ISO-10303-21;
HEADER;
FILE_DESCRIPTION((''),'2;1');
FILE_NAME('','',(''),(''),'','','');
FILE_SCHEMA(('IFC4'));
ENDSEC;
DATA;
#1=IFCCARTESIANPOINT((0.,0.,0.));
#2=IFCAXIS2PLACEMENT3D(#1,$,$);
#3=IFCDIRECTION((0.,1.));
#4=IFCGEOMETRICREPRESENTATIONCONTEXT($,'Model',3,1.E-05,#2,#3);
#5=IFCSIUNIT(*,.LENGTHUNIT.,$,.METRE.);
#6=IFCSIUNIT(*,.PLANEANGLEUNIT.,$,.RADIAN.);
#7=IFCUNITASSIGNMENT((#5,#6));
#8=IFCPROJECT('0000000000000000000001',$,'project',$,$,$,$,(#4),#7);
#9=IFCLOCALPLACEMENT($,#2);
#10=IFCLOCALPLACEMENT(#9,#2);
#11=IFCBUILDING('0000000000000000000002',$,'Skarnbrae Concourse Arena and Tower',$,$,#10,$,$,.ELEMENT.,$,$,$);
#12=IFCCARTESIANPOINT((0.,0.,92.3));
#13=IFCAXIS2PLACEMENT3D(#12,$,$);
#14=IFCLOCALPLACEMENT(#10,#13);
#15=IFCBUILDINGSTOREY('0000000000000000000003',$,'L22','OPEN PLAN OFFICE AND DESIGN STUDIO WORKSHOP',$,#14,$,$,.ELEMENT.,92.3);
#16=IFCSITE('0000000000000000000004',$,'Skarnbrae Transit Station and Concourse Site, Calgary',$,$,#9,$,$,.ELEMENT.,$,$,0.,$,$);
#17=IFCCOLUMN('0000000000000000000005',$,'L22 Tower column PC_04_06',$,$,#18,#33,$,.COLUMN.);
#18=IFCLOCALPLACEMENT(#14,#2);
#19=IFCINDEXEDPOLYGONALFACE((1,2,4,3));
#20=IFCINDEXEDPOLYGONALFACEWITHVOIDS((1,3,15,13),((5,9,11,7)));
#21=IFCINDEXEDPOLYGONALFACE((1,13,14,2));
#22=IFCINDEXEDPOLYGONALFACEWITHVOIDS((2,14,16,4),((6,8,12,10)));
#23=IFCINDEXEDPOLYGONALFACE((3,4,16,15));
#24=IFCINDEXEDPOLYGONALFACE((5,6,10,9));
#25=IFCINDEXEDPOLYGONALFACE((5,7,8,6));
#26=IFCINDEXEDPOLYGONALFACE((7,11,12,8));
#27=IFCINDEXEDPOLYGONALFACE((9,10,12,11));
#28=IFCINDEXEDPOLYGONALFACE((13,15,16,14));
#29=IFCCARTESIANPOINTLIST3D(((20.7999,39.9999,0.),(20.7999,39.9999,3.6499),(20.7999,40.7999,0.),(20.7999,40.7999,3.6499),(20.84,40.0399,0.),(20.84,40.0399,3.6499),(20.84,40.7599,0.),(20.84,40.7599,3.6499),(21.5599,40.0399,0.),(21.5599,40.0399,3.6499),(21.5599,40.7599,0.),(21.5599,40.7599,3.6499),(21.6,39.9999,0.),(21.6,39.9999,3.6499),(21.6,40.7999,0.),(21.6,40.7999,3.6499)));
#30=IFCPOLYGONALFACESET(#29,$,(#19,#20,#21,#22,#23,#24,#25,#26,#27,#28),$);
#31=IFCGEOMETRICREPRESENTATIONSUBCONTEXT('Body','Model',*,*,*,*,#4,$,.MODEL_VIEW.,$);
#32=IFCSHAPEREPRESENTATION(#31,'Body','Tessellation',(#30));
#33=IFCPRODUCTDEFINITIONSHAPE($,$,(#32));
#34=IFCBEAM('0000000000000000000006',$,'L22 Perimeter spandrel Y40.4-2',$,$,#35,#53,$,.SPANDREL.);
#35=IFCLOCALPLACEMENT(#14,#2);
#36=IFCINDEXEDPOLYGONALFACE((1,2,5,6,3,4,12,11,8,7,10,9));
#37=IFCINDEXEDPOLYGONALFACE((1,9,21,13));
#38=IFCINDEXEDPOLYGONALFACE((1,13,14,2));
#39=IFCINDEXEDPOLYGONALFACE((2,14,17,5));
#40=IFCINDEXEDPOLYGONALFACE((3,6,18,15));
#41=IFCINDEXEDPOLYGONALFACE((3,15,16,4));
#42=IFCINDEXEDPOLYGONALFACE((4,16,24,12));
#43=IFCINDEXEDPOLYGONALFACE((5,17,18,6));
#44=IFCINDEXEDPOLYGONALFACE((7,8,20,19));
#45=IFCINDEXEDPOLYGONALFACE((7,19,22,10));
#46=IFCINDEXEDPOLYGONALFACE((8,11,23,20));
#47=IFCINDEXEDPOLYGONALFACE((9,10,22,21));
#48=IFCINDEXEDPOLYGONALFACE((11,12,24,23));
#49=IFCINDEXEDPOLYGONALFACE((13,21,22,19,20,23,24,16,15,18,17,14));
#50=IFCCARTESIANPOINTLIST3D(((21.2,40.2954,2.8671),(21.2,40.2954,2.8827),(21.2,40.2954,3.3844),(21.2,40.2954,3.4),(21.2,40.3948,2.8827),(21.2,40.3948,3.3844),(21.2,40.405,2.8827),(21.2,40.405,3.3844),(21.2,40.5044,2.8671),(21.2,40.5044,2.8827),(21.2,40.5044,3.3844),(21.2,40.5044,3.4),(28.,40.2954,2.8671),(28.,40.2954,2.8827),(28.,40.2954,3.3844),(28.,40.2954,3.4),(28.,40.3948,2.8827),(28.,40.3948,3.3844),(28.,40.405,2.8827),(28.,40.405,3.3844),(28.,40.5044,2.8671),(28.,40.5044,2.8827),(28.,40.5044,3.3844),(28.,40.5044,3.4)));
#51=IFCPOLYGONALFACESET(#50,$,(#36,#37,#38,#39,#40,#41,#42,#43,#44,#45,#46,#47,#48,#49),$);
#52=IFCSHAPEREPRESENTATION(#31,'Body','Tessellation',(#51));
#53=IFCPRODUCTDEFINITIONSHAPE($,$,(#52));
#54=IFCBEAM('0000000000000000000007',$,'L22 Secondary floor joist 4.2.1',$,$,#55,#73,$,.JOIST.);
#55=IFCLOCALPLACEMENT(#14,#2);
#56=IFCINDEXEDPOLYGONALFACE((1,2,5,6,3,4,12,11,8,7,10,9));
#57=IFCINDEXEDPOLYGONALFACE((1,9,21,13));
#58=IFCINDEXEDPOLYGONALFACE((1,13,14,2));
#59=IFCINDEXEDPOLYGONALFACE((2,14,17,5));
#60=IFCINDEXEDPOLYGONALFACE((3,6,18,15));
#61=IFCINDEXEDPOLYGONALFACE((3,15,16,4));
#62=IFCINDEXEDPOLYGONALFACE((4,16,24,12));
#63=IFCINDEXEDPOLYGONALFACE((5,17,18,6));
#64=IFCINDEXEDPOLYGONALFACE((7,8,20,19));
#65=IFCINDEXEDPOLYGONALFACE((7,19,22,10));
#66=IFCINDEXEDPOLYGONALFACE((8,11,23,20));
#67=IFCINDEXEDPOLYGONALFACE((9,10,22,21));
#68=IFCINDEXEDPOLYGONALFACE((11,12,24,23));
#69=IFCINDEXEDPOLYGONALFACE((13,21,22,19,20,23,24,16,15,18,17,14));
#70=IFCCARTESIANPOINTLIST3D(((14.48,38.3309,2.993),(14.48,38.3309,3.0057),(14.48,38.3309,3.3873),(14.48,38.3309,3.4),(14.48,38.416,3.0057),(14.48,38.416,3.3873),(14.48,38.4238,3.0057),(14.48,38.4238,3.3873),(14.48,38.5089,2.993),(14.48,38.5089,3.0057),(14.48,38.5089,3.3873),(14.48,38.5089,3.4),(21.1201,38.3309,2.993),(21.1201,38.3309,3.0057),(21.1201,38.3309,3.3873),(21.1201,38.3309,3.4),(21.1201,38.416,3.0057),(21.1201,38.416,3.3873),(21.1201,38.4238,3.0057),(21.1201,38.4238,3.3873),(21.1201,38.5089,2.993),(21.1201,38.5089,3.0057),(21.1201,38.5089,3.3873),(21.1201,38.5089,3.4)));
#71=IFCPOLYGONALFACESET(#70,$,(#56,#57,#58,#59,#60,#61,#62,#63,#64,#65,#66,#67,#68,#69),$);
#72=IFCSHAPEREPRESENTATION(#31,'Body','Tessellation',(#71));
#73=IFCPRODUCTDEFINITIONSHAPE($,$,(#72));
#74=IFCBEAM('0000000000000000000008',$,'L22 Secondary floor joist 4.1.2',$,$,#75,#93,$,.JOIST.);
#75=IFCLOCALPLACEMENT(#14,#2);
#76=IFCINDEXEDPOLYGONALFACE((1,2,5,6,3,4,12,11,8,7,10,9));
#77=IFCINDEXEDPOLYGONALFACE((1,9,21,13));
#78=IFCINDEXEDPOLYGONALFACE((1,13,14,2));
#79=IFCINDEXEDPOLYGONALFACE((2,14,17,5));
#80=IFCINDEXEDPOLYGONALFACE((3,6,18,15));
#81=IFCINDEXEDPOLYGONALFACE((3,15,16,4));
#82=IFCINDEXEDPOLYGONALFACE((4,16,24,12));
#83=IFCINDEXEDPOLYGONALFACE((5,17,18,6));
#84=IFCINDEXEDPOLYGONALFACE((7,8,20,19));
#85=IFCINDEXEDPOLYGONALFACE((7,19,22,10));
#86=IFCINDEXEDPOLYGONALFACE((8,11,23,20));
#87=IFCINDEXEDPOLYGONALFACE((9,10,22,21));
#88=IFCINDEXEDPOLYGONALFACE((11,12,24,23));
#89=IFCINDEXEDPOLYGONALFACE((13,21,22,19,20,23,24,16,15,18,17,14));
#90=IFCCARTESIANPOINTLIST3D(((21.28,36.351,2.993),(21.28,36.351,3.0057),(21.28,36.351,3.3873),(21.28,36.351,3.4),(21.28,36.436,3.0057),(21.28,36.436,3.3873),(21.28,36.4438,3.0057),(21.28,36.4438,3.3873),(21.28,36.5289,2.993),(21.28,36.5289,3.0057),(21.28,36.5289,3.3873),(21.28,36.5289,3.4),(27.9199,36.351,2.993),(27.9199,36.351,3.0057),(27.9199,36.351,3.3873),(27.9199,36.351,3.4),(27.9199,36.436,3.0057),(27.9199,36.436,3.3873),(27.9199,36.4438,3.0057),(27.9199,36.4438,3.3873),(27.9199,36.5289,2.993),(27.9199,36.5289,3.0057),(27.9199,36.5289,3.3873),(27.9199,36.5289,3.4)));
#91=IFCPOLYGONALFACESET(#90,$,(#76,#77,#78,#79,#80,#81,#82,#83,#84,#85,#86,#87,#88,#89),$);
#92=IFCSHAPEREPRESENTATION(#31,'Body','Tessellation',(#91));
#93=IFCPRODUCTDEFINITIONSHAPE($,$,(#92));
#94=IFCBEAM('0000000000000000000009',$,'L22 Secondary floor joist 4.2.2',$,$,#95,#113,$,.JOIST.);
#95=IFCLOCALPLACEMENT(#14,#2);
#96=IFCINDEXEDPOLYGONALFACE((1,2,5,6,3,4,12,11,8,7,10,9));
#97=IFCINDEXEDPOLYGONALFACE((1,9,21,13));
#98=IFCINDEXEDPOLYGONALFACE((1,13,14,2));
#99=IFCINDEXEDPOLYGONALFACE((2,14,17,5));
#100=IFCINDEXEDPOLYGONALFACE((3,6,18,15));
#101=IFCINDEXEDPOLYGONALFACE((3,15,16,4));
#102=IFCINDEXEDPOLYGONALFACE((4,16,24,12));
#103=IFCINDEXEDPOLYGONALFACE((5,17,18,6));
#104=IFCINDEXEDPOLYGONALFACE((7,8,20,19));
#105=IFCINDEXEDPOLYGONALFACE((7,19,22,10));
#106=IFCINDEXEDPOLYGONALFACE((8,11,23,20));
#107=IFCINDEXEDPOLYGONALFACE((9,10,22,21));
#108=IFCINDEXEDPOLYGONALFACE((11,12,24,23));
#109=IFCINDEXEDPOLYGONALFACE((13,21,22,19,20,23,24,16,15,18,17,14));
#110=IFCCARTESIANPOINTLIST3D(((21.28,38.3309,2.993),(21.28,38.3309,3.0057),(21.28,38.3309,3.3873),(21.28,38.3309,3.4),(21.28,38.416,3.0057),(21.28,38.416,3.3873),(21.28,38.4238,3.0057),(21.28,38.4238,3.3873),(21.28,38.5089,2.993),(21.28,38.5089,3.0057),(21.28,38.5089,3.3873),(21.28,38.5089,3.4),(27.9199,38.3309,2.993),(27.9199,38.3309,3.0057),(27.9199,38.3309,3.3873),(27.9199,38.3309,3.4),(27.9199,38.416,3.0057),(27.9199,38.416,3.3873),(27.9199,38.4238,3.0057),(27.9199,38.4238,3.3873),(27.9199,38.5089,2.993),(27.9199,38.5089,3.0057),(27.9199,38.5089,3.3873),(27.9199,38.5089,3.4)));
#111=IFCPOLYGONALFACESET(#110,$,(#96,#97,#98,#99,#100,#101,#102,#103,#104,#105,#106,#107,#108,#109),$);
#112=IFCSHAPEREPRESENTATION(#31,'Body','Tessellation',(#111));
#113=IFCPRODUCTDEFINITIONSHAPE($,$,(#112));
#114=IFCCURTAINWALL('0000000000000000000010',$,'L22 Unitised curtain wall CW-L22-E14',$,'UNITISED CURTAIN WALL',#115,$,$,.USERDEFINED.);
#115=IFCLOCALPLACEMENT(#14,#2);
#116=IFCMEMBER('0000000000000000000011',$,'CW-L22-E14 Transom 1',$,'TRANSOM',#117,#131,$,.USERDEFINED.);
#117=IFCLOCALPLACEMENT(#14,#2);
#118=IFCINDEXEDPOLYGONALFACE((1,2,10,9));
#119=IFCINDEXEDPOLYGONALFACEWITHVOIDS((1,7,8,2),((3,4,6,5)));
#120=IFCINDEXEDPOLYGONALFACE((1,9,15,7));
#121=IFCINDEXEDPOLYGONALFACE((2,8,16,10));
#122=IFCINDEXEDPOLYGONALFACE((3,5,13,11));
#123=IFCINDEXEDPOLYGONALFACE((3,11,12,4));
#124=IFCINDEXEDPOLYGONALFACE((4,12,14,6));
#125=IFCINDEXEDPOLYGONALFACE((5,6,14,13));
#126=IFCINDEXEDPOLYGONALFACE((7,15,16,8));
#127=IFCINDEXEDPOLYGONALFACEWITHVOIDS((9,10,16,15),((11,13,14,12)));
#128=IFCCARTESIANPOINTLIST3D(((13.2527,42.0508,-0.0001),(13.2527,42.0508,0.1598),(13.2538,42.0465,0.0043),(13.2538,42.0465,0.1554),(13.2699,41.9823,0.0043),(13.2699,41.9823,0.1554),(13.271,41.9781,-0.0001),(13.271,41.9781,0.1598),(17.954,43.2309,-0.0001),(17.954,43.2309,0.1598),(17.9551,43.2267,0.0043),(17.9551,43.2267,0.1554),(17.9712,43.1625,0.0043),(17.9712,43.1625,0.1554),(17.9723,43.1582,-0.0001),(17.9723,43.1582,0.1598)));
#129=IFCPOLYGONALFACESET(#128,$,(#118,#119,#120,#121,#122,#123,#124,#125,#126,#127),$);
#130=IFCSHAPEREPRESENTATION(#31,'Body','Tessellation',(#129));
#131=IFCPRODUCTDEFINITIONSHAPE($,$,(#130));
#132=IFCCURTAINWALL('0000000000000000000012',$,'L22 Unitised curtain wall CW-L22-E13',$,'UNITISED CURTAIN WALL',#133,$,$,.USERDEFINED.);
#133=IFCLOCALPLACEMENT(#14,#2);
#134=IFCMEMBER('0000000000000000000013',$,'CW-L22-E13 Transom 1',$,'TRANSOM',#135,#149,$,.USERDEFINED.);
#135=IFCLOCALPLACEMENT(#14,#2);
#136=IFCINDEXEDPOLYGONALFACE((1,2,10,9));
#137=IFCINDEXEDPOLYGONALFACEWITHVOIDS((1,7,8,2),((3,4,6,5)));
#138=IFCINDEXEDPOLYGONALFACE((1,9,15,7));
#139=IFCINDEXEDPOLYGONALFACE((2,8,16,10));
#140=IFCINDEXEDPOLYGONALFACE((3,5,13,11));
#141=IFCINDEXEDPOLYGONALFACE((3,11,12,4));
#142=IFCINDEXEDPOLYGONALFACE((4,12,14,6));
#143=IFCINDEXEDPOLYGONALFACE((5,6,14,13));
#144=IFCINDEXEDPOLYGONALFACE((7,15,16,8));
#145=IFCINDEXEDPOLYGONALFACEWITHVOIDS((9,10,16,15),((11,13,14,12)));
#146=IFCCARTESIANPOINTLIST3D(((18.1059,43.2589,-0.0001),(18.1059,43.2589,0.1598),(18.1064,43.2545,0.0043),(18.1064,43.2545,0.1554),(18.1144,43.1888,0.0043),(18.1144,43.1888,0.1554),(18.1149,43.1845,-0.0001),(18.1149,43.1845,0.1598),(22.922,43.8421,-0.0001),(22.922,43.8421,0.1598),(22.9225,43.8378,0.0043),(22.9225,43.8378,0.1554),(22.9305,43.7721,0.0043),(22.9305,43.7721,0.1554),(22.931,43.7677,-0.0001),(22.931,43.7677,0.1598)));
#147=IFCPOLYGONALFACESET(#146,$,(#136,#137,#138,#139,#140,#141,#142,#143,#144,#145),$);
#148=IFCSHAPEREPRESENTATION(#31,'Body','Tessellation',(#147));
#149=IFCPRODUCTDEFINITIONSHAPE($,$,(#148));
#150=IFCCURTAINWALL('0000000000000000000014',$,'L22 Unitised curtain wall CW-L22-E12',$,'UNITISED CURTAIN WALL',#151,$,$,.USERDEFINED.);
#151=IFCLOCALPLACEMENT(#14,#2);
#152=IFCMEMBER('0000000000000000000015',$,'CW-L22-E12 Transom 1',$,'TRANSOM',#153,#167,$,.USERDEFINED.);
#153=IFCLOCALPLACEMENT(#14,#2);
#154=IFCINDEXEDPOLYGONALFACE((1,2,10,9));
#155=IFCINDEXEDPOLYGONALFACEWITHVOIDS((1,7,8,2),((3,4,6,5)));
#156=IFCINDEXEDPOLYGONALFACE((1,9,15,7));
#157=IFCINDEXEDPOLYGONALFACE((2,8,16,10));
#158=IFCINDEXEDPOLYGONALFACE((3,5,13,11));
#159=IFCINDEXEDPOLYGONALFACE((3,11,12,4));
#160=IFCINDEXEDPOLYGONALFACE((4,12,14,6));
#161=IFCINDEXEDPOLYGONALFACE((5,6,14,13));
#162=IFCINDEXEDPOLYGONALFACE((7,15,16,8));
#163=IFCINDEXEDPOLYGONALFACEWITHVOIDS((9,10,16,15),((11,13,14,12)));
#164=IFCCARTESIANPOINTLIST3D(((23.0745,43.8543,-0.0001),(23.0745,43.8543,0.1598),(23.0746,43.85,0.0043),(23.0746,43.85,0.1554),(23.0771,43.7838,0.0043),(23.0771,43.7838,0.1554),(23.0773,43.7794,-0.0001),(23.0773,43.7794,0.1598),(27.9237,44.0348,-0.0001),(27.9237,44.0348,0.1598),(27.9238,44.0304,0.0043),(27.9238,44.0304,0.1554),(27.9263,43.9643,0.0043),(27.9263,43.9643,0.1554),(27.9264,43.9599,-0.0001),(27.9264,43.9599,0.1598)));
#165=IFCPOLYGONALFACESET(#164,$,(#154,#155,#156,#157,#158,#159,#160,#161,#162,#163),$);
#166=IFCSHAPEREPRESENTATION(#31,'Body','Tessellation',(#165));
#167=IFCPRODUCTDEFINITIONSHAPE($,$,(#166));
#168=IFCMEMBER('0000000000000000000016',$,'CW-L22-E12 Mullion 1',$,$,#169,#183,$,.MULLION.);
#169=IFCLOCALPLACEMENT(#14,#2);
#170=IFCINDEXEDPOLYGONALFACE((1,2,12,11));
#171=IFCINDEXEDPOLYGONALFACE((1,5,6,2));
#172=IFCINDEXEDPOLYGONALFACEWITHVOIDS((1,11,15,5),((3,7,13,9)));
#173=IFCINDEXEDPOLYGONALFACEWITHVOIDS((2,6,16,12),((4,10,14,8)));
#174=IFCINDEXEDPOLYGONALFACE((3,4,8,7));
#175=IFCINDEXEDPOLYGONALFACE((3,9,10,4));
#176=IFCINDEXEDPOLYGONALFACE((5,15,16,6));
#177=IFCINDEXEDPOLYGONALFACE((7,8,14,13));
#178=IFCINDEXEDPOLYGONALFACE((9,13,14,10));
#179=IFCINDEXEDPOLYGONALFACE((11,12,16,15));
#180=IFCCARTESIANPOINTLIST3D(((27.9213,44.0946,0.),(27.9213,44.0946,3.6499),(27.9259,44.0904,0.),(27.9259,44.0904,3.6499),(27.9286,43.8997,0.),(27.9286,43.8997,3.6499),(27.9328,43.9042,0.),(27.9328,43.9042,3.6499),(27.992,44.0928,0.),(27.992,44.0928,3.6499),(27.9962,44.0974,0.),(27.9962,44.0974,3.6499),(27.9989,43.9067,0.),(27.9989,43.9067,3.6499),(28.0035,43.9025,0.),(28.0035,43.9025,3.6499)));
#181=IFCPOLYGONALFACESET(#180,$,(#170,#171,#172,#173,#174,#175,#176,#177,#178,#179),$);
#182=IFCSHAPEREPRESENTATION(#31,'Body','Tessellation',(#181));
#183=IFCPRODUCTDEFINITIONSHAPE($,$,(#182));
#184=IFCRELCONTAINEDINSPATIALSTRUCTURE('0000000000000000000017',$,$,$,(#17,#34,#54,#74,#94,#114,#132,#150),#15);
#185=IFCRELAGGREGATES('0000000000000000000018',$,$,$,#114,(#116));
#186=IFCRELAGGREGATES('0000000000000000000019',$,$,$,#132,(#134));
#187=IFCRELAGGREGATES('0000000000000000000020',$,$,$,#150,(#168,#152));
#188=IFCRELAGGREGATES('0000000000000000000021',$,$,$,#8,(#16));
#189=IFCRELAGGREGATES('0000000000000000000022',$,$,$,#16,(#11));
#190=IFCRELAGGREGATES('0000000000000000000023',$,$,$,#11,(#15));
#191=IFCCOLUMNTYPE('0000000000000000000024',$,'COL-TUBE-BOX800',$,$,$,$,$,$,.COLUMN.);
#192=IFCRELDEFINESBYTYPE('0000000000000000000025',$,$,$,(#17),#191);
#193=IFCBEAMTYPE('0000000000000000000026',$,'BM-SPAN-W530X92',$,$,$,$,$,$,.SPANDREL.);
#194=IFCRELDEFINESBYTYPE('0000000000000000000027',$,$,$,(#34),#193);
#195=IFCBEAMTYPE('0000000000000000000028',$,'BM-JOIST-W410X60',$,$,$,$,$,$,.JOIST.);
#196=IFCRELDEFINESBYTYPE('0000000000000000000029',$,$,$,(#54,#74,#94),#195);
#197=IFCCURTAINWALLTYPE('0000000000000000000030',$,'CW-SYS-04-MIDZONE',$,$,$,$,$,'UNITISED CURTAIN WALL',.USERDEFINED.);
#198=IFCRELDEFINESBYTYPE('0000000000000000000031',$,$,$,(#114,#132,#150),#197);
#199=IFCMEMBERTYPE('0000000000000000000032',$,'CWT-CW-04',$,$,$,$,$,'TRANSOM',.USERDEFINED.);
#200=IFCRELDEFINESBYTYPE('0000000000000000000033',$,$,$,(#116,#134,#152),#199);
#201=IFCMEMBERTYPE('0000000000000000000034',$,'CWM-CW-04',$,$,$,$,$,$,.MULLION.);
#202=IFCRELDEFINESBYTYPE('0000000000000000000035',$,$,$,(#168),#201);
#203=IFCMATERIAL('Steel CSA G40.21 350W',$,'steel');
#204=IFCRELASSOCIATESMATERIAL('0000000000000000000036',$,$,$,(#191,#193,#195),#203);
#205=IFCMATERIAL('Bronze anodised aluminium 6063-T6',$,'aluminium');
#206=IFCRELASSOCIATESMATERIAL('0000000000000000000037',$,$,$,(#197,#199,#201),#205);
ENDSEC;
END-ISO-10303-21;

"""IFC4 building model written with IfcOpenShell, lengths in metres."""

from ifc_helpers import new_model, si_unit, direction, frame, origin, origin_2d, place, context, subcontext, project, spatial, hollow_rectangle, i_section, extrude, source, transform, mapped, material, material_profile, profile_set, type_object, element, aggregate, save


model = new_model("IFC4")

# Units and contexts
model_context = context("Model", 3, precision=1e-05, world=origin(), true_north=direction((0.0, 1.0)))
body_context = subcontext(model_context, "Body", "Model", "MODEL_VIEW")
ifc_project = project(units=[si_unit("LENGTHUNIT", "METRE"), si_unit("PLANEANGLEUNIT", "RADIAN")], contexts=[model_context])

# Site, building, storey
site_placement = place(None, origin())
site = spatial("IfcSite", under=ifc_project, at=site_placement, Name="Skarnbrae Transit Station and Concourse Site, Calgary", CompositionType="ELEMENT", RefElevation=0.0)
building_placement = place(site_placement, origin())
building = spatial("IfcBuilding", under=site, at=building_placement, Name="Skarnbrae Concourse Arena and Tower", CompositionType="ELEMENT")
storey_placement = place(building_placement, frame((0.0, 0.0, 92.3)))
storey = spatial("IfcBuildingStorey", under=building, at=storey_placement, Name="L22", Description="OPEN PLAN OFFICE AND DESIGN STUDIO WORKSHOP", CompositionType="ELEMENT", Elevation=92.3)

# Column
ifc_material_1 = material(Name="Steel CSA G40.21 350W", Category="steel")
ifc_material_profile_1 = material_profile(ifc_material_1, hollow_rectangle(XDim=0.8, YDim=0.8, WallThickness=0.04, at=origin_2d()), Name="BOX800X800X40")
ifc_profile_set_1 = profile_set([ifc_material_profile_1], Name="Steel CSA G40.21 350W")
column_type = type_object("IfcColumnType", Name="COL-TUBE-BOX800", PredefinedType="COLUMN", material=ifc_profile_set_1)
shared_shape_1 = source(origin(), body_context, "Body", "SweptSolid", [
    extrude(hollow_rectangle(XDim=0.8, YDim=0.8, WallThickness=0.04, at=origin_2d()), origin(), (0.0, 0.0, 1.0), 3.6499),
])
column_placement = place(storey_placement, frame((21.2, 40.3999, 0.0), z_axis=(0.0, 0.0, 1.0), x_axis=(1.0, 0.0, 0.0)))
element("IfcColumn", 1, at=column_placement, inside=storey, type_object=column_type, Name="L22 Tower column PC_04_06", PredefinedType="COLUMN", context=body_context, shape_type="MappedRepresentation", body=[
    mapped(shared_shape_1, transform((0.0, 0.0, 0.0))),
])

# Beams
ifc_material_profile_2 = material_profile(ifc_material_1, i_section(OverallWidth=0.209, OverallDepth=0.533, WebThickness=0.0103, FlangeThickness=0.0156, at=origin_2d()), Name="W530X92")
ifc_profile_set_2 = profile_set([ifc_material_profile_2], Name="Steel CSA G40.21 350W")
beam_type_1 = type_object("IfcBeamType", Name="BM-SPAN-W530X92", PredefinedType="SPANDREL", material=ifc_profile_set_2)
shared_shape_2 = source(origin(), body_context, "Body", "SweptSolid", [
    extrude(i_section(OverallWidth=0.209, OverallDepth=0.533, WebThickness=0.0103, FlangeThickness=0.0156, at=origin_2d()), origin(), (0.0, 0.0, 1.0), 6.8),
])
beam_1_placement = place(storey_placement, frame((21.2, 40.3999, 3.1335), z_axis=(1.0, 0.0, 0.0), x_axis=(0.0, 1.0, 0.0)))
element("IfcBeam", 2, at=beam_1_placement, inside=storey, type_object=beam_type_1, Name="L22 Perimeter spandrel Y40.4-2", PredefinedType="SPANDREL", context=body_context, shape_type="MappedRepresentation", body=[
    mapped(shared_shape_2, transform((0.0, 0.0, 0.0))),
])
ifc_material_profile_3 = material_profile(ifc_material_1, i_section(OverallWidth=0.178, OverallDepth=0.407, WebThickness=0.0078, FlangeThickness=0.0127, at=origin_2d()), Name="W410X60")
ifc_profile_set_3 = profile_set([ifc_material_profile_3], Name="Steel CSA G40.21 350W")
beam_type_2 = type_object("IfcBeamType", Name="BM-JOIST-W410X60", PredefinedType="JOIST", material=ifc_profile_set_3)
shared_shape_3 = source(origin(), body_context, "Body", "SweptSolid", [
    extrude(i_section(OverallWidth=0.178, OverallDepth=0.407, WebThickness=0.0078, FlangeThickness=0.0127, at=origin_2d()), origin(), (0.0, 0.0, 1.0), 6.6401),
])
beam_2_placement = place(storey_placement, frame((14.48, 38.4199, 3.1965), z_axis=(1.0, 0.0, 0.0), x_axis=(0.0, 1.0, 0.0)))
element("IfcBeam", 3, at=beam_2_placement, inside=storey, type_object=beam_type_2, Name="L22 Secondary floor joist 4.2.1", PredefinedType="JOIST", context=body_context, shape_type="MappedRepresentation", body=[
    mapped(shared_shape_3, transform((0.0, 0.0, 0.0))),
])
shared_shape_4 = source(origin(), body_context, "Body", "SweptSolid", [
    extrude(i_section(OverallWidth=0.178, OverallDepth=0.407, WebThickness=0.0078, FlangeThickness=0.0127, at=origin_2d()), origin(), (0.0, 0.0, 1.0), 6.6399),
])
for number, where, z_axis, x_axis, name in (
    (4, (21.28, 36.4399, 3.1965), (1.0, 0.0, 0.0), (0.0, 1.0, 0.0), "L22 Secondary floor joist 4.1.2"),
    (5, (21.28, 38.4199, 3.1965), (1.0, 0.0, 0.0), (0.0, 1.0, 0.0), "L22 Secondary floor joist 4.2.2"),
):
    element("IfcBeam", number, at=place(storey_placement, frame(where, z_axis=z_axis, x_axis=x_axis)), inside=storey, type_object=beam_type_2, Name=name, PredefinedType="JOIST", context=body_context, shape_type="MappedRepresentation", body=[
        mapped(shared_shape_4, transform((0.0, 0.0, 0.0))),
    ])

# Curtain walls, members
ifc_material_2 = material(Name="Bronze anodised aluminium 6063-T6", Category="aluminium")
curtain_wall_type = type_object("IfcCurtainWallType", Name="CW-SYS-04-MIDZONE", ElementType="UNITISED CURTAIN WALL", PredefinedType="USERDEFINED", material=ifc_material_2)
curtain_wall_1_placement = place(storey_placement, origin())
curtain_wall_1 = element("IfcCurtainWall", 6, at=curtain_wall_1_placement, inside=storey, type_object=curtain_wall_type, Name="L22 Unitised curtain wall CW-L22-E14", ObjectType="UNITISED CURTAIN WALL", PredefinedType="USERDEFINED")
ifc_material_profile_4 = material_profile(ifc_material_2, hollow_rectangle(XDim=0.075, YDim=0.1599, WallThickness=0.0044, at=origin_2d()), Name="ALU-TRAN-75X160")
ifc_profile_set_4 = profile_set([ifc_material_profile_4], Name="Bronze anodised aluminium 6063-T6")
member_type_1 = type_object("IfcMemberType", Name="CWT-CW-04", ElementType="TRANSOM", PredefinedType="USERDEFINED", material=ifc_profile_set_4)
shared_shape_5 = source(origin(), body_context, "Body", "SweptSolid", [
    extrude(hollow_rectangle(XDim=0.075, YDim=0.1599, WallThickness=0.0044, at=origin_2d()), origin(), (0.0, 0.0, 1.0), 4.8472),
])
member_1_placement = place(storey_placement, frame((17.9631, 43.1946, 0.0798), z_axis=(-0.969908, -0.243472, 0.0), x_axis=(0.243472, -0.969908, 0.0)))
member_1 = element("IfcMember", 7, at=member_1_placement, type_object=member_type_1, Name="CW-L22-E14 Transom 1", ObjectType="TRANSOM", PredefinedType="USERDEFINED", context=body_context, shape_type="MappedRepresentation", body=[
    mapped(shared_shape_5, transform((0.0, 0.0, 0.0))),
])
curtain_wall_2_placement = place(storey_placement, origin())
curtain_wall_2 = element("IfcCurtainWall", 8, at=curtain_wall_2_placement, inside=storey, type_object=curtain_wall_type, Name="L22 Unitised curtain wall CW-L22-E13", ObjectType="UNITISED CURTAIN WALL", PredefinedType="USERDEFINED")
shared_shape_6 = source(origin(), body_context, "Body", "SweptSolid", [
    extrude(hollow_rectangle(XDim=0.075, YDim=0.1599, WallThickness=0.0044, at=origin_2d()), origin(), (0.0, 0.0, 1.0), 4.8513),
])
member_2_placement = place(storey_placement, frame((22.9265, 43.8049, 0.0798), z_axis=(-0.992747, -0.120225, 0.0), x_axis=(0.120225, -0.992747, 0.0)))
member_2 = element("IfcMember", 9, at=member_2_placement, type_object=member_type_1, Name="CW-L22-E13 Transom 1", ObjectType="TRANSOM", PredefinedType="USERDEFINED", context=body_context, shape_type="MappedRepresentation", body=[
    mapped(shared_shape_6, transform((0.0, 0.0, 0.0))),
])

# Curtain wall, members
curtain_wall_3_placement = place(storey_placement, origin())
curtain_wall_3 = element("IfcCurtainWall", 10, at=curtain_wall_3_placement, inside=storey, type_object=curtain_wall_type, Name="L22 Unitised curtain wall CW-L22-E12", ObjectType="UNITISED CURTAIN WALL", PredefinedType="USERDEFINED")
shared_shape_7 = source(origin(), body_context, "Body", "SweptSolid", [
    extrude(hollow_rectangle(XDim=0.075, YDim=0.1599, WallThickness=0.0044, at=origin_2d()), origin(), (0.0, 0.0, 1.0), 4.8525),
])
member_3_placement = place(storey_placement, frame((27.925, 43.9973, 0.0798), z_axis=(-0.999309, -0.037181, 0.0), x_axis=(0.037181, -0.999309, 0.0)))
member_3 = element("IfcMember", 11, at=member_3_placement, type_object=member_type_1, Name="CW-L22-E12 Transom 1", ObjectType="TRANSOM", PredefinedType="USERDEFINED", context=body_context, shape_type="MappedRepresentation", body=[
    mapped(shared_shape_7, transform((0.0, 0.0, 0.0))),
])
ifc_material_profile_5 = material_profile(ifc_material_2, hollow_rectangle(XDim=0.075, YDim=0.1951, WallThickness=0.0044, at=origin_2d()), Name="ALU-MULL-75X195")
ifc_profile_set_5 = profile_set([ifc_material_profile_5], Name="Bronze anodised aluminium 6063-T6")
member_type_2 = type_object("IfcMemberType", Name="CWM-CW-04", PredefinedType="MULLION", material=ifc_profile_set_5)
shared_shape_8 = source(origin(), body_context, "Body", "SweptSolid", [
    extrude(hollow_rectangle(XDim=0.075, YDim=0.1951, WallThickness=0.0044, at=origin_2d()), origin(), (0.0, 0.0, 1.0), 3.6499),
])
member_4_placement = place(storey_placement, frame((27.9624, 43.9985, 0.0), z_axis=(0.0, 0.0, 1.0), x_axis=(-0.999308, -0.037183, 0.0)))
member_4 = element("IfcMember", 12, at=member_4_placement, type_object=member_type_2, Name="CW-L22-E12 Mullion 1", PredefinedType="MULLION", context=body_context, shape_type="MappedRepresentation", body=[
    mapped(shared_shape_8, transform((0.0, 0.0, 0.0))),
])

aggregate(curtain_wall_1, [member_1])
aggregate(curtain_wall_2, [member_2])
aggregate(curtain_wall_3, [member_4, member_3])

save(model, "model.ifc")
